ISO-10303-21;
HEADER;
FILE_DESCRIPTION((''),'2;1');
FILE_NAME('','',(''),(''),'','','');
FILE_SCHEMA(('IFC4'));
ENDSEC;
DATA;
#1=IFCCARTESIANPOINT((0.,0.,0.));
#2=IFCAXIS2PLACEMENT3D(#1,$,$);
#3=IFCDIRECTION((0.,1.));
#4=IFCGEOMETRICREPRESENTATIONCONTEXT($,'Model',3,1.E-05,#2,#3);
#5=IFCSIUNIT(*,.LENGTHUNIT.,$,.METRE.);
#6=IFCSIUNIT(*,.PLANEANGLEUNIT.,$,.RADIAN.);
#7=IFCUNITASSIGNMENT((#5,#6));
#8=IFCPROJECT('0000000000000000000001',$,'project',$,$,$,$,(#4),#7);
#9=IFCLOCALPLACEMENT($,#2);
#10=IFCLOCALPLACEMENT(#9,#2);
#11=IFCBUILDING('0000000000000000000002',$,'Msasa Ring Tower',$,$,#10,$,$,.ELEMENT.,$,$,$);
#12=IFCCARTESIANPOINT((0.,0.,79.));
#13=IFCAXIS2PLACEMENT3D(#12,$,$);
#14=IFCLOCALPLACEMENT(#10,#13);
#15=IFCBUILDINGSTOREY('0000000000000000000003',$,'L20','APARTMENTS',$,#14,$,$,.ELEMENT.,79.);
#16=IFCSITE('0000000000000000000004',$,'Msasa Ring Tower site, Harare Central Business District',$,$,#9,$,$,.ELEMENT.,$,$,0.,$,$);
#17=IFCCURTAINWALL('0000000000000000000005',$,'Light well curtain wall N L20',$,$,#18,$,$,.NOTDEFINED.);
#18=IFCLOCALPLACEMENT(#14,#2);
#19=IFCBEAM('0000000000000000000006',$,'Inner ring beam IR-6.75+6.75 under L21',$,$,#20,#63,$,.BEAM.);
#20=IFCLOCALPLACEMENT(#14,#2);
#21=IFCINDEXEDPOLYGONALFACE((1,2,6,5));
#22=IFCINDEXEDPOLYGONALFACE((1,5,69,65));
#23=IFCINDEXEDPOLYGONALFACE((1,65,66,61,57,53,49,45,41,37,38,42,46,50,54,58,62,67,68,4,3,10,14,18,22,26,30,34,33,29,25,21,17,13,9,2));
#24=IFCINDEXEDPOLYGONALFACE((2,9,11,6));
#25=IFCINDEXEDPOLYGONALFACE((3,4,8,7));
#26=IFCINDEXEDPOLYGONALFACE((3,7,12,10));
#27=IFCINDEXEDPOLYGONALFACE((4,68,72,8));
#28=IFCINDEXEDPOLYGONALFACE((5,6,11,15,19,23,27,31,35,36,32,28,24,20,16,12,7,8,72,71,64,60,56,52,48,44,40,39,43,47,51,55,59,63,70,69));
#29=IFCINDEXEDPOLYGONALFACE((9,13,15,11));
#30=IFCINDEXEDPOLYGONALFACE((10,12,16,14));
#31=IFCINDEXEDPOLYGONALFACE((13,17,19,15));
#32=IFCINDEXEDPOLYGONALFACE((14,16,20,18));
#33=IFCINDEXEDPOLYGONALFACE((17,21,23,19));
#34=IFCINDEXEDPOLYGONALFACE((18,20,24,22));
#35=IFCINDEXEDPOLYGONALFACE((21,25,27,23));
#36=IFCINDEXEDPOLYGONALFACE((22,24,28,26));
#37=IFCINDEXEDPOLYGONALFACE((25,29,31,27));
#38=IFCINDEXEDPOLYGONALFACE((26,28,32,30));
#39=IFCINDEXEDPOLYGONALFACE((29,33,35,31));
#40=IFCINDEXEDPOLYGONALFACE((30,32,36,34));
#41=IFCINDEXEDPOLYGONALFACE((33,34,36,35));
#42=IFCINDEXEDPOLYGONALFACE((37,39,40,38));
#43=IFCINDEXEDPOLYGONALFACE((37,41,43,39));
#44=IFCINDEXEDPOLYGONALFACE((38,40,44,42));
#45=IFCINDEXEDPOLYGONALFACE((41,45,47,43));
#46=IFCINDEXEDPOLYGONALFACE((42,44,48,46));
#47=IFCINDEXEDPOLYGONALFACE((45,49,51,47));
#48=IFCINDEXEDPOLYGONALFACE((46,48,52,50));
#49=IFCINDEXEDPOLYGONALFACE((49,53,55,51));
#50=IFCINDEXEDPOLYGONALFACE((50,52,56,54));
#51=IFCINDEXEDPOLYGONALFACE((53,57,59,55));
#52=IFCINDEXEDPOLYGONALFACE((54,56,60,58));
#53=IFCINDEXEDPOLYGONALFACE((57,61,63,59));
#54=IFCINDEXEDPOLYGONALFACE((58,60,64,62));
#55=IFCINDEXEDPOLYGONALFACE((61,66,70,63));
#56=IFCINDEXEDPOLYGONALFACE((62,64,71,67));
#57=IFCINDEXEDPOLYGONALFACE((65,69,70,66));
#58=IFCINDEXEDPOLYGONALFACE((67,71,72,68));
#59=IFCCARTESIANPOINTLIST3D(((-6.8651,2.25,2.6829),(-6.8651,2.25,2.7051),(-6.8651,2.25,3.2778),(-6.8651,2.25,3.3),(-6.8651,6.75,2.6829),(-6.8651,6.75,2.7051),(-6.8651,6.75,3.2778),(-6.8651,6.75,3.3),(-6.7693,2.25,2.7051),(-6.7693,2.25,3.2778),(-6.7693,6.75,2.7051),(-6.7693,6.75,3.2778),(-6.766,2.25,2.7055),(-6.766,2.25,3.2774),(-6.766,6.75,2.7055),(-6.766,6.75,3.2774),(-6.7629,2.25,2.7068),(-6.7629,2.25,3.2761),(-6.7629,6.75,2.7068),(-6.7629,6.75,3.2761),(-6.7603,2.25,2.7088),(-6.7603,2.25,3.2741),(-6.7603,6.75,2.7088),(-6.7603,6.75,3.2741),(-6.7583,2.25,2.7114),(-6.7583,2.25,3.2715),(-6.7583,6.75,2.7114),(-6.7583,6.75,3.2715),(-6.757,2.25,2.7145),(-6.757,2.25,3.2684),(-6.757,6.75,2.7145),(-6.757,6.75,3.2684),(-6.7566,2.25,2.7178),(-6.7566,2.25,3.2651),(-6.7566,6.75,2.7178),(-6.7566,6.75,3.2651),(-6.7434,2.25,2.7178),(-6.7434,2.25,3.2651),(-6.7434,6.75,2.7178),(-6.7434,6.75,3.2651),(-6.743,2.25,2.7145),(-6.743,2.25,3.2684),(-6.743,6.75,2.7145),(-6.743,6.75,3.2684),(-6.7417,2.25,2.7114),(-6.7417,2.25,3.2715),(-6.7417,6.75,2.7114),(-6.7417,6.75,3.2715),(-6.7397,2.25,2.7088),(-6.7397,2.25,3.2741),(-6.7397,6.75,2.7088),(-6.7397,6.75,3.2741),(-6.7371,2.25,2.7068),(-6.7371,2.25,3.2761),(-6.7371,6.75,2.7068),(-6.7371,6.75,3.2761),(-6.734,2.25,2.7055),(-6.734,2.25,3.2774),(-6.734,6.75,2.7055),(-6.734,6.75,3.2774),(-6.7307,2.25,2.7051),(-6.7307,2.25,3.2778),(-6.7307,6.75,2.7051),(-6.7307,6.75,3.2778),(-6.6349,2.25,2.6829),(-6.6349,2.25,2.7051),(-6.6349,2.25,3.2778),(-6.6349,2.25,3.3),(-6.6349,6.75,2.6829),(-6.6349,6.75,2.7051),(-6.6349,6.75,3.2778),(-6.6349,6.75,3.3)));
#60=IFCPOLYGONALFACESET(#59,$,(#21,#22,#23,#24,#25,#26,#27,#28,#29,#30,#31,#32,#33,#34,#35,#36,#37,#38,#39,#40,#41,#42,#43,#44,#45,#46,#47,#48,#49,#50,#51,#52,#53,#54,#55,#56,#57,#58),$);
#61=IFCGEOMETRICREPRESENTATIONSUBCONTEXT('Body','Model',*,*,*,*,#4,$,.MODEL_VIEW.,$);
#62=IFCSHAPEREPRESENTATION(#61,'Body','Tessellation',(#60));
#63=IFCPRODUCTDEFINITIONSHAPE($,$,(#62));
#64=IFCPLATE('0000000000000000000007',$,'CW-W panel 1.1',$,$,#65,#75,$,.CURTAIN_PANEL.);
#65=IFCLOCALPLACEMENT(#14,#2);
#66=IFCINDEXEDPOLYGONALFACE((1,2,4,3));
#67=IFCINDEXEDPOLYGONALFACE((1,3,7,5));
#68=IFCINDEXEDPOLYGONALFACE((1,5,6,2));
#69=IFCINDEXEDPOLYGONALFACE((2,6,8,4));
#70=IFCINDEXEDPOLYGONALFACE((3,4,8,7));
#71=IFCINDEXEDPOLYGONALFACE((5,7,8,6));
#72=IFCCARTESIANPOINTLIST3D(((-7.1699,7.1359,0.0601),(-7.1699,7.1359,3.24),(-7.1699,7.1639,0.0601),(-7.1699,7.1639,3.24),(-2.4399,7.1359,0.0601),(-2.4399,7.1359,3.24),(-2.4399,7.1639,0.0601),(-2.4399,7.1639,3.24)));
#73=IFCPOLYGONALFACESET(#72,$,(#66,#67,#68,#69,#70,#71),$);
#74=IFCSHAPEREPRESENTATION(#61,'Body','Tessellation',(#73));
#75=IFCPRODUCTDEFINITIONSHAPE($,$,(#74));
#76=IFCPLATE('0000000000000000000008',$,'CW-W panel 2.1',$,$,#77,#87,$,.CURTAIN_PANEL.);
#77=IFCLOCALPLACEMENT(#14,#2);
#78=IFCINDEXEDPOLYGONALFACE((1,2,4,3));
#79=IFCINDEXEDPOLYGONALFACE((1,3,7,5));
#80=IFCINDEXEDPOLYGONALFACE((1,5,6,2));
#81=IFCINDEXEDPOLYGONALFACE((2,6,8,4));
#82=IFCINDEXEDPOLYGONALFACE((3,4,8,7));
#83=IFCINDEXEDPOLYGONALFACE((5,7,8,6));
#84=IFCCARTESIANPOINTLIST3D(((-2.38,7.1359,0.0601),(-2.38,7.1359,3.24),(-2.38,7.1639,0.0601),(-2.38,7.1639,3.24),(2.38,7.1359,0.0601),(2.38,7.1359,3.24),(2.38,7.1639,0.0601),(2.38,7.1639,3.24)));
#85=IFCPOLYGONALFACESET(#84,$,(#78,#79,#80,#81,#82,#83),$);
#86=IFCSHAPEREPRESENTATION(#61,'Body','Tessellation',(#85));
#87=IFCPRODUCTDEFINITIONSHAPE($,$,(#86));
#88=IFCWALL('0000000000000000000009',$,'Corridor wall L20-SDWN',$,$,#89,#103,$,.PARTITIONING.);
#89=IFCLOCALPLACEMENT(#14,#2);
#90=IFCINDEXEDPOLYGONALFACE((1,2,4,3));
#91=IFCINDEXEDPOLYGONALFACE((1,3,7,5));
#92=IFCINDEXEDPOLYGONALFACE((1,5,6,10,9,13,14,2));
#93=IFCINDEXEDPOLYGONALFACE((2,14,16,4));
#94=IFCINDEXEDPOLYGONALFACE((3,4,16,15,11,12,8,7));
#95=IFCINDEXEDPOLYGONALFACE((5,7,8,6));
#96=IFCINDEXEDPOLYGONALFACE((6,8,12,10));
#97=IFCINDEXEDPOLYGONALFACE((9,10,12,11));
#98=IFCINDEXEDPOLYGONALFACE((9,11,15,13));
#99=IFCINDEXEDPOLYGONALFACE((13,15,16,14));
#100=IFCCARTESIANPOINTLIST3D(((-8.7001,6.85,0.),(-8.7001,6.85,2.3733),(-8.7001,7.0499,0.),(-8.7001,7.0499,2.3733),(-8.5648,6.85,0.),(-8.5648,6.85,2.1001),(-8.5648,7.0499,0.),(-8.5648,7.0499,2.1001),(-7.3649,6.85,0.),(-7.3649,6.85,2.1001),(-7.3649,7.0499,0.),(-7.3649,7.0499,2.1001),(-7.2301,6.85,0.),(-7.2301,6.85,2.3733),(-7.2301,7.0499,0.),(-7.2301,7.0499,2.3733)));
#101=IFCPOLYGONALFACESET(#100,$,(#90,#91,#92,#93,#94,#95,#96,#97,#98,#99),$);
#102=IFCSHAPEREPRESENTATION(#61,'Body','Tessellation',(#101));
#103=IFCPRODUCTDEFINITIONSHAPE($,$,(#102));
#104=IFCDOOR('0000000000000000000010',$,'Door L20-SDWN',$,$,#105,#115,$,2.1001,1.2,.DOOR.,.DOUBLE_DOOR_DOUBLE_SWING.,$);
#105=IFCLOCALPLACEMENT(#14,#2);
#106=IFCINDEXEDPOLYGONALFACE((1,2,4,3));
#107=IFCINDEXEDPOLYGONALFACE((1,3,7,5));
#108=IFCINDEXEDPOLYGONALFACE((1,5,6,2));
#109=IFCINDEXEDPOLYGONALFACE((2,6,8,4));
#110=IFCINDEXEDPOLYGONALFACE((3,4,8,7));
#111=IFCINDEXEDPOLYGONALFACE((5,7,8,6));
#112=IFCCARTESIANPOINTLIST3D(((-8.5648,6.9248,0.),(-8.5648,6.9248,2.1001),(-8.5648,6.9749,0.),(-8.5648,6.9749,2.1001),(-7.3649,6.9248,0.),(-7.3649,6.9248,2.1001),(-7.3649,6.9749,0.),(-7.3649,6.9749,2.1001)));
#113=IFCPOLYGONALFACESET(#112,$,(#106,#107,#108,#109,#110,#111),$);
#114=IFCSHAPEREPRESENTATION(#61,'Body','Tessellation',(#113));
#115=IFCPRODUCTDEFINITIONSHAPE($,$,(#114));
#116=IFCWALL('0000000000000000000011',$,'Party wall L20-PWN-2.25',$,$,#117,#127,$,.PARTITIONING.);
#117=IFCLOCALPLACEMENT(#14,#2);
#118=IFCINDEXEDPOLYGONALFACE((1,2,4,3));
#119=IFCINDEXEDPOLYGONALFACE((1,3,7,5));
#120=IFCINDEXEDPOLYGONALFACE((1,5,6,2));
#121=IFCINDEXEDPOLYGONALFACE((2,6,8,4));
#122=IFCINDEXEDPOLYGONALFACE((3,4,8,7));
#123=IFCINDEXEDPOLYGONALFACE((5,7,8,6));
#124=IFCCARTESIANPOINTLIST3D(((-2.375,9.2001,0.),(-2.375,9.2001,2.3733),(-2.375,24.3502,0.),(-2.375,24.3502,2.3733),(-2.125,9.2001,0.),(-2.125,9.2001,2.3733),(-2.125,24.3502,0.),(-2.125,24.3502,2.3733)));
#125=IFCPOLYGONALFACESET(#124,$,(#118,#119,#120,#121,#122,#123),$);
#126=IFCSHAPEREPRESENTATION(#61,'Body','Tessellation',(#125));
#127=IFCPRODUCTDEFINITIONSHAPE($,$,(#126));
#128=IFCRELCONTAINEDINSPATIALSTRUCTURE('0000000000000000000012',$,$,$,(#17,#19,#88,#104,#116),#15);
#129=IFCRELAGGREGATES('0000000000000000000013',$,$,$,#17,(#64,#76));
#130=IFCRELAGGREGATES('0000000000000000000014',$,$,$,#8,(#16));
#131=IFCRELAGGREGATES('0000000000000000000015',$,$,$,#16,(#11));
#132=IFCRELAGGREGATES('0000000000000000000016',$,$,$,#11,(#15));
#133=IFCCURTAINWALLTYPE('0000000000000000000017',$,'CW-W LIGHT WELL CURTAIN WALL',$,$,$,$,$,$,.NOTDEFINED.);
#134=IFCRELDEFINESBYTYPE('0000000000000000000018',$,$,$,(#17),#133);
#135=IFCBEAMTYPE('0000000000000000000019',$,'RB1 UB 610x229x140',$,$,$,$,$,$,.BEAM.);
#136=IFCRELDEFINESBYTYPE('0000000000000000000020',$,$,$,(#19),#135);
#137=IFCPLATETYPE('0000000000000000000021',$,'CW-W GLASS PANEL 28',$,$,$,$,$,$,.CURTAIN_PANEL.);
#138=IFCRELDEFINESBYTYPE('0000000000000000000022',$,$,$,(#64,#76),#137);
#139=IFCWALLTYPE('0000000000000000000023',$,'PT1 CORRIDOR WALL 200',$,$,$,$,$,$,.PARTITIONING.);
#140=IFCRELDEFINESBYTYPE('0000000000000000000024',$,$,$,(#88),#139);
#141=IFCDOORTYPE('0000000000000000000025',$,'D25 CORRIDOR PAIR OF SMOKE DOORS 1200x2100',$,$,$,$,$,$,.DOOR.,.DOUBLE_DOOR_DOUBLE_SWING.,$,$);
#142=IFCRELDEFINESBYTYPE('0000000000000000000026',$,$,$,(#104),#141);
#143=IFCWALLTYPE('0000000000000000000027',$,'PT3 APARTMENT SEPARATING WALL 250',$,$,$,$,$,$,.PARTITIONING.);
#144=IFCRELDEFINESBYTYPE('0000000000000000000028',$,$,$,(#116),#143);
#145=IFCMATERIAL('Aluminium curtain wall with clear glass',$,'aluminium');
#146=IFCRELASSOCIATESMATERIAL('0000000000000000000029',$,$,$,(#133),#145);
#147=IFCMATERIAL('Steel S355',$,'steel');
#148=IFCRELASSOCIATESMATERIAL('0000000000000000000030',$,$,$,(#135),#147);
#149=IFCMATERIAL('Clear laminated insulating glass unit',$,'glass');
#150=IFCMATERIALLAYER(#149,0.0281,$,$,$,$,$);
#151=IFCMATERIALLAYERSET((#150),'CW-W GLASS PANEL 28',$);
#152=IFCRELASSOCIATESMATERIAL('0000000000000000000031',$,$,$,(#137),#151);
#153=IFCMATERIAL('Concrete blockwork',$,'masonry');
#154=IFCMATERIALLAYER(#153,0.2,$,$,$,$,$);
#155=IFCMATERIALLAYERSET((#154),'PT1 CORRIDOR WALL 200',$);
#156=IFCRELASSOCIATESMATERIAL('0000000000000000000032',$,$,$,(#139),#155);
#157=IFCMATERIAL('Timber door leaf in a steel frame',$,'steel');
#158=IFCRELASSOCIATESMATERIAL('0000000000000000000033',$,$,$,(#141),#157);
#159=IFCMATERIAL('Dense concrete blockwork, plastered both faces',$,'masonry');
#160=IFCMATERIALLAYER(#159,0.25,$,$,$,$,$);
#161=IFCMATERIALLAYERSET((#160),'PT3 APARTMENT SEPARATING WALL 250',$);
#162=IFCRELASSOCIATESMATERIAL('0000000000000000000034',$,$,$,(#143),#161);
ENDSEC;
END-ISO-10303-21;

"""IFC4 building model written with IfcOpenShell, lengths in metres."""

from ifc_helpers import new_model, si_unit, direction, frame, frame_2d, origin, origin_2d, place, context, subcontext, project, spatial, rectangle, i_section, extrude, material, layer, layer_set, material_profile, profile_set, type_object, element, fill, aggregate, save


model = new_model("IFC4")

# Units and contexts
model_context = context("Model", 3, precision=1e-05, world=origin(), true_north=direction((0.0, 1.0)))
body_context = subcontext(model_context, "Body", "Model", "MODEL_VIEW")
ifc_project = project(units=[si_unit("LENGTHUNIT", "METRE"), si_unit("PLANEANGLEUNIT", "RADIAN")], contexts=[model_context])

# Site, building, storey
site_placement = place(None, origin())
site = spatial("IfcSite", under=ifc_project, at=site_placement, Name="Msasa Ring Tower site, Harare Central Business District", CompositionType="ELEMENT", RefElevation=0.0)
building_placement = place(site_placement, origin())
building = spatial("IfcBuilding", under=site, at=building_placement, Name="Msasa Ring Tower", CompositionType="ELEMENT")
storey_placement = place(building_placement, frame((0.0, 0.0, 79.0)))
storey = spatial("IfcBuildingStorey", under=building, at=storey_placement, Name="L20", Description="APARTMENTS", CompositionType="ELEMENT", Elevation=79.0)

# Curtain wall
ifc_material_1 = material(Name="Aluminium curtain wall with clear glass", Category="aluminium")
curtain_wall_type = type_object("IfcCurtainWallType", Name="CW-W LIGHT WELL CURTAIN WALL", PredefinedType="NOTDEFINED", material=ifc_material_1)
curtain_wall_1_placement = place(storey_placement, origin())
curtain_wall_1 = element("IfcCurtainWall", 1, at=curtain_wall_1_placement, inside=storey, type_object=curtain_wall_type, Name="Light well curtain wall N L20", PredefinedType="NOTDEFINED")

# Beam
ifc_material_2 = material(Name="Steel S355", Category="steel")
ifc_material_profile_1 = material_profile(ifc_material_2, i_section(OverallWidth=0.2302, OverallDepth=0.6172, WebThickness=0.0132, FlangeThickness=0.0222, FilletRadius=0.0127, at=origin_2d()), Name="UB 610x229x140")
ifc_profile_set_1 = profile_set([ifc_material_profile_1], Name="Steel S355")
beam_type = type_object("IfcBeamType", Name="RB1 UB 610x229x140", PredefinedType="BEAM", material=ifc_profile_set_1)
for number, where, z_axis, x_axis, name in (
    (2, (-6.75, 6.75, 2.9915), (0.0, -1.0, 0.0), (1.0, 0.0, 0.0), "Inner ring beam IR-6.75+6.75 under L21"),
):
    element("IfcBeam", number, at=place(storey_placement, frame(where, z_axis=z_axis, x_axis=x_axis)), inside=storey, type_object=beam_type, Name=name, PredefinedType="BEAM", context=body_context, shape_type="SweptSolid", body=[
        extrude(i_section(OverallWidth=0.2302, OverallDepth=0.6172, WebThickness=0.0132, FlangeThickness=0.0222, FilletRadius=0.0127, at=origin_2d()), origin(), (0.0, 0.0, 1.0), 4.5),
    ])

# Plates
ifc_material_3 = material(Name="Clear laminated insulating glass unit", Category="glass")
ifc_layer_1 = layer(ifc_material_3, 0.0281)
ifc_layer_set_1 = layer_set([ifc_layer_1], Name="CW-W GLASS PANEL 28")
plate_type = type_object("IfcPlateType", Name="CW-W GLASS PANEL 28", PredefinedType="CURTAIN_PANEL", material=ifc_layer_set_1)
plate_1_placement = place(storey_placement, frame((-4.8049, 7.1499, 0.0601), z_axis=(0.0, 0.0, 1.0), x_axis=(1.0, 0.0, 0.0)))
plate_1 = element("IfcPlate", 3, at=plate_1_placement, type_object=plate_type, Name="CW-W panel 1.1", PredefinedType="CURTAIN_PANEL", context=body_context, shape_type="SweptSolid", body=[
    extrude(rectangle(XDim=4.73, YDim=0.0281, at=origin_2d()), origin(), (0.0, 0.0, 1.0), 3.1799),
])
plate_2_placement = place(storey_placement, frame((0.0, 7.1499, 0.0601), z_axis=(0.0, 0.0, 1.0), x_axis=(1.0, 0.0, 0.0)))
plate_2 = element("IfcPlate", 4, at=plate_2_placement, type_object=plate_type, Name="CW-W panel 2.1", PredefinedType="CURTAIN_PANEL", context=body_context, shape_type="SweptSolid", body=[
    extrude(rectangle(XDim=4.76, YDim=0.0281, at=origin_2d()), origin(), (0.0, 0.0, 1.0), 3.1799),
])
aggregate(curtain_wall_1, [plate_1, plate_2])

# Wall, opening, door
ifc_material_4 = material(Name="Concrete blockwork", Category="masonry")
ifc_layer_2 = layer(ifc_material_4, 0.2)
ifc_layer_set_2 = layer_set([ifc_layer_2], Name="PT1 CORRIDOR WALL 200")
wall_type_1 = type_object("IfcWallType", Name="PT1 CORRIDOR WALL 200", PredefinedType="PARTITIONING", material=ifc_layer_set_2)
wall_1_placement = place(storey_placement, frame((-8.7, 6.95, 0.0), z_axis=(0.0, 0.0, 1.0), x_axis=(1.0, 0.0, 0.0)))
wall_1 = element("IfcWall", 5, at=wall_1_placement, inside=storey, type_object=wall_type_1, Name="Corridor wall L20-SDWN", PredefinedType="PARTITIONING", context=body_context, shape_type="SweptSolid", body=[
    extrude(rectangle(XDim=1.47, YDim=0.2, at=frame_2d((0.7349, 0.0))), origin(), (0.0, 0.0, 1.0), 2.3733),
])
opening_1_placement = place(wall_1_placement, frame((0.135, 0.0, 0.0)))
opening_1 = element("IfcOpeningElement", 6, at=opening_1_placement, cuts=wall_1, PredefinedType="OPENING", context=body_context, shape_type="SweptSolid", body=[
    extrude(rectangle(XDim=1.2, YDim=2.1001, at=frame_2d((0.6001, 1.05))), frame((0.0, 0.1099, 0.0), z_axis=(0.0, -1.0, 0.0), x_axis=(1.0, 0.0, 0.0)), (0.0, 0.0, 1.0), 0.22),
])
ifc_material_5 = material(Name="Timber door leaf in a steel frame", Category="steel")
door_type_1 = type_object("IfcDoorType", Name="D25 CORRIDOR PAIR OF SMOKE DOORS 1200x2100", OperationType="DOUBLE_DOOR_DOUBLE_SWING", PredefinedType="DOOR", material=ifc_material_5)
door_1_placement = place(opening_1_placement, origin())
door_1 = element("IfcDoor", 7, at=door_1_placement, inside=storey, type_object=door_type_1, Name="Door L20-SDWN", OperationType="DOUBLE_DOOR_DOUBLE_SWING", OverallHeight=2.1001, OverallWidth=1.2, PredefinedType="DOOR", context=body_context, shape_type="SweptSolid", body=[
    extrude(rectangle(XDim=1.2, YDim=2.1001, at=frame_2d((0.6001, 1.05))), frame((0.0, 0.0249, 0.0), z_axis=(0.0, -1.0, 0.0), x_axis=(1.0, 0.0, 0.0)), (0.0, 0.0, 1.0), 0.05),
])
fill(opening_1, door_1)

# Wall
ifc_material_6 = material(Name="Dense concrete blockwork, plastered both faces", Category="masonry")
ifc_layer_3 = layer(ifc_material_6, 0.25)
ifc_layer_set_3 = layer_set([ifc_layer_3], Name="PT3 APARTMENT SEPARATING WALL 250")
wall_type_2 = type_object("IfcWallType", Name="PT3 APARTMENT SEPARATING WALL 250", PredefinedType="PARTITIONING", material=ifc_layer_set_3)
wall_2_placement = place(storey_placement, frame((-2.25, 9.2, 0.0), z_axis=(0.0, 0.0, 1.0), x_axis=(0.0, 1.0, 0.0)))
element("IfcWall", 8, at=wall_2_placement, inside=storey, type_object=wall_type_2, Name="Party wall L20-PWN-2.25", PredefinedType="PARTITIONING", context=body_context, shape_type="SweptSolid", body=[
    extrude(rectangle(XDim=15.1501, YDim=0.25, at=frame_2d((7.5752, 0.0))), origin(), (0.0, 0.0, 1.0), 2.3733),
])

save(model, "model.ifc")
